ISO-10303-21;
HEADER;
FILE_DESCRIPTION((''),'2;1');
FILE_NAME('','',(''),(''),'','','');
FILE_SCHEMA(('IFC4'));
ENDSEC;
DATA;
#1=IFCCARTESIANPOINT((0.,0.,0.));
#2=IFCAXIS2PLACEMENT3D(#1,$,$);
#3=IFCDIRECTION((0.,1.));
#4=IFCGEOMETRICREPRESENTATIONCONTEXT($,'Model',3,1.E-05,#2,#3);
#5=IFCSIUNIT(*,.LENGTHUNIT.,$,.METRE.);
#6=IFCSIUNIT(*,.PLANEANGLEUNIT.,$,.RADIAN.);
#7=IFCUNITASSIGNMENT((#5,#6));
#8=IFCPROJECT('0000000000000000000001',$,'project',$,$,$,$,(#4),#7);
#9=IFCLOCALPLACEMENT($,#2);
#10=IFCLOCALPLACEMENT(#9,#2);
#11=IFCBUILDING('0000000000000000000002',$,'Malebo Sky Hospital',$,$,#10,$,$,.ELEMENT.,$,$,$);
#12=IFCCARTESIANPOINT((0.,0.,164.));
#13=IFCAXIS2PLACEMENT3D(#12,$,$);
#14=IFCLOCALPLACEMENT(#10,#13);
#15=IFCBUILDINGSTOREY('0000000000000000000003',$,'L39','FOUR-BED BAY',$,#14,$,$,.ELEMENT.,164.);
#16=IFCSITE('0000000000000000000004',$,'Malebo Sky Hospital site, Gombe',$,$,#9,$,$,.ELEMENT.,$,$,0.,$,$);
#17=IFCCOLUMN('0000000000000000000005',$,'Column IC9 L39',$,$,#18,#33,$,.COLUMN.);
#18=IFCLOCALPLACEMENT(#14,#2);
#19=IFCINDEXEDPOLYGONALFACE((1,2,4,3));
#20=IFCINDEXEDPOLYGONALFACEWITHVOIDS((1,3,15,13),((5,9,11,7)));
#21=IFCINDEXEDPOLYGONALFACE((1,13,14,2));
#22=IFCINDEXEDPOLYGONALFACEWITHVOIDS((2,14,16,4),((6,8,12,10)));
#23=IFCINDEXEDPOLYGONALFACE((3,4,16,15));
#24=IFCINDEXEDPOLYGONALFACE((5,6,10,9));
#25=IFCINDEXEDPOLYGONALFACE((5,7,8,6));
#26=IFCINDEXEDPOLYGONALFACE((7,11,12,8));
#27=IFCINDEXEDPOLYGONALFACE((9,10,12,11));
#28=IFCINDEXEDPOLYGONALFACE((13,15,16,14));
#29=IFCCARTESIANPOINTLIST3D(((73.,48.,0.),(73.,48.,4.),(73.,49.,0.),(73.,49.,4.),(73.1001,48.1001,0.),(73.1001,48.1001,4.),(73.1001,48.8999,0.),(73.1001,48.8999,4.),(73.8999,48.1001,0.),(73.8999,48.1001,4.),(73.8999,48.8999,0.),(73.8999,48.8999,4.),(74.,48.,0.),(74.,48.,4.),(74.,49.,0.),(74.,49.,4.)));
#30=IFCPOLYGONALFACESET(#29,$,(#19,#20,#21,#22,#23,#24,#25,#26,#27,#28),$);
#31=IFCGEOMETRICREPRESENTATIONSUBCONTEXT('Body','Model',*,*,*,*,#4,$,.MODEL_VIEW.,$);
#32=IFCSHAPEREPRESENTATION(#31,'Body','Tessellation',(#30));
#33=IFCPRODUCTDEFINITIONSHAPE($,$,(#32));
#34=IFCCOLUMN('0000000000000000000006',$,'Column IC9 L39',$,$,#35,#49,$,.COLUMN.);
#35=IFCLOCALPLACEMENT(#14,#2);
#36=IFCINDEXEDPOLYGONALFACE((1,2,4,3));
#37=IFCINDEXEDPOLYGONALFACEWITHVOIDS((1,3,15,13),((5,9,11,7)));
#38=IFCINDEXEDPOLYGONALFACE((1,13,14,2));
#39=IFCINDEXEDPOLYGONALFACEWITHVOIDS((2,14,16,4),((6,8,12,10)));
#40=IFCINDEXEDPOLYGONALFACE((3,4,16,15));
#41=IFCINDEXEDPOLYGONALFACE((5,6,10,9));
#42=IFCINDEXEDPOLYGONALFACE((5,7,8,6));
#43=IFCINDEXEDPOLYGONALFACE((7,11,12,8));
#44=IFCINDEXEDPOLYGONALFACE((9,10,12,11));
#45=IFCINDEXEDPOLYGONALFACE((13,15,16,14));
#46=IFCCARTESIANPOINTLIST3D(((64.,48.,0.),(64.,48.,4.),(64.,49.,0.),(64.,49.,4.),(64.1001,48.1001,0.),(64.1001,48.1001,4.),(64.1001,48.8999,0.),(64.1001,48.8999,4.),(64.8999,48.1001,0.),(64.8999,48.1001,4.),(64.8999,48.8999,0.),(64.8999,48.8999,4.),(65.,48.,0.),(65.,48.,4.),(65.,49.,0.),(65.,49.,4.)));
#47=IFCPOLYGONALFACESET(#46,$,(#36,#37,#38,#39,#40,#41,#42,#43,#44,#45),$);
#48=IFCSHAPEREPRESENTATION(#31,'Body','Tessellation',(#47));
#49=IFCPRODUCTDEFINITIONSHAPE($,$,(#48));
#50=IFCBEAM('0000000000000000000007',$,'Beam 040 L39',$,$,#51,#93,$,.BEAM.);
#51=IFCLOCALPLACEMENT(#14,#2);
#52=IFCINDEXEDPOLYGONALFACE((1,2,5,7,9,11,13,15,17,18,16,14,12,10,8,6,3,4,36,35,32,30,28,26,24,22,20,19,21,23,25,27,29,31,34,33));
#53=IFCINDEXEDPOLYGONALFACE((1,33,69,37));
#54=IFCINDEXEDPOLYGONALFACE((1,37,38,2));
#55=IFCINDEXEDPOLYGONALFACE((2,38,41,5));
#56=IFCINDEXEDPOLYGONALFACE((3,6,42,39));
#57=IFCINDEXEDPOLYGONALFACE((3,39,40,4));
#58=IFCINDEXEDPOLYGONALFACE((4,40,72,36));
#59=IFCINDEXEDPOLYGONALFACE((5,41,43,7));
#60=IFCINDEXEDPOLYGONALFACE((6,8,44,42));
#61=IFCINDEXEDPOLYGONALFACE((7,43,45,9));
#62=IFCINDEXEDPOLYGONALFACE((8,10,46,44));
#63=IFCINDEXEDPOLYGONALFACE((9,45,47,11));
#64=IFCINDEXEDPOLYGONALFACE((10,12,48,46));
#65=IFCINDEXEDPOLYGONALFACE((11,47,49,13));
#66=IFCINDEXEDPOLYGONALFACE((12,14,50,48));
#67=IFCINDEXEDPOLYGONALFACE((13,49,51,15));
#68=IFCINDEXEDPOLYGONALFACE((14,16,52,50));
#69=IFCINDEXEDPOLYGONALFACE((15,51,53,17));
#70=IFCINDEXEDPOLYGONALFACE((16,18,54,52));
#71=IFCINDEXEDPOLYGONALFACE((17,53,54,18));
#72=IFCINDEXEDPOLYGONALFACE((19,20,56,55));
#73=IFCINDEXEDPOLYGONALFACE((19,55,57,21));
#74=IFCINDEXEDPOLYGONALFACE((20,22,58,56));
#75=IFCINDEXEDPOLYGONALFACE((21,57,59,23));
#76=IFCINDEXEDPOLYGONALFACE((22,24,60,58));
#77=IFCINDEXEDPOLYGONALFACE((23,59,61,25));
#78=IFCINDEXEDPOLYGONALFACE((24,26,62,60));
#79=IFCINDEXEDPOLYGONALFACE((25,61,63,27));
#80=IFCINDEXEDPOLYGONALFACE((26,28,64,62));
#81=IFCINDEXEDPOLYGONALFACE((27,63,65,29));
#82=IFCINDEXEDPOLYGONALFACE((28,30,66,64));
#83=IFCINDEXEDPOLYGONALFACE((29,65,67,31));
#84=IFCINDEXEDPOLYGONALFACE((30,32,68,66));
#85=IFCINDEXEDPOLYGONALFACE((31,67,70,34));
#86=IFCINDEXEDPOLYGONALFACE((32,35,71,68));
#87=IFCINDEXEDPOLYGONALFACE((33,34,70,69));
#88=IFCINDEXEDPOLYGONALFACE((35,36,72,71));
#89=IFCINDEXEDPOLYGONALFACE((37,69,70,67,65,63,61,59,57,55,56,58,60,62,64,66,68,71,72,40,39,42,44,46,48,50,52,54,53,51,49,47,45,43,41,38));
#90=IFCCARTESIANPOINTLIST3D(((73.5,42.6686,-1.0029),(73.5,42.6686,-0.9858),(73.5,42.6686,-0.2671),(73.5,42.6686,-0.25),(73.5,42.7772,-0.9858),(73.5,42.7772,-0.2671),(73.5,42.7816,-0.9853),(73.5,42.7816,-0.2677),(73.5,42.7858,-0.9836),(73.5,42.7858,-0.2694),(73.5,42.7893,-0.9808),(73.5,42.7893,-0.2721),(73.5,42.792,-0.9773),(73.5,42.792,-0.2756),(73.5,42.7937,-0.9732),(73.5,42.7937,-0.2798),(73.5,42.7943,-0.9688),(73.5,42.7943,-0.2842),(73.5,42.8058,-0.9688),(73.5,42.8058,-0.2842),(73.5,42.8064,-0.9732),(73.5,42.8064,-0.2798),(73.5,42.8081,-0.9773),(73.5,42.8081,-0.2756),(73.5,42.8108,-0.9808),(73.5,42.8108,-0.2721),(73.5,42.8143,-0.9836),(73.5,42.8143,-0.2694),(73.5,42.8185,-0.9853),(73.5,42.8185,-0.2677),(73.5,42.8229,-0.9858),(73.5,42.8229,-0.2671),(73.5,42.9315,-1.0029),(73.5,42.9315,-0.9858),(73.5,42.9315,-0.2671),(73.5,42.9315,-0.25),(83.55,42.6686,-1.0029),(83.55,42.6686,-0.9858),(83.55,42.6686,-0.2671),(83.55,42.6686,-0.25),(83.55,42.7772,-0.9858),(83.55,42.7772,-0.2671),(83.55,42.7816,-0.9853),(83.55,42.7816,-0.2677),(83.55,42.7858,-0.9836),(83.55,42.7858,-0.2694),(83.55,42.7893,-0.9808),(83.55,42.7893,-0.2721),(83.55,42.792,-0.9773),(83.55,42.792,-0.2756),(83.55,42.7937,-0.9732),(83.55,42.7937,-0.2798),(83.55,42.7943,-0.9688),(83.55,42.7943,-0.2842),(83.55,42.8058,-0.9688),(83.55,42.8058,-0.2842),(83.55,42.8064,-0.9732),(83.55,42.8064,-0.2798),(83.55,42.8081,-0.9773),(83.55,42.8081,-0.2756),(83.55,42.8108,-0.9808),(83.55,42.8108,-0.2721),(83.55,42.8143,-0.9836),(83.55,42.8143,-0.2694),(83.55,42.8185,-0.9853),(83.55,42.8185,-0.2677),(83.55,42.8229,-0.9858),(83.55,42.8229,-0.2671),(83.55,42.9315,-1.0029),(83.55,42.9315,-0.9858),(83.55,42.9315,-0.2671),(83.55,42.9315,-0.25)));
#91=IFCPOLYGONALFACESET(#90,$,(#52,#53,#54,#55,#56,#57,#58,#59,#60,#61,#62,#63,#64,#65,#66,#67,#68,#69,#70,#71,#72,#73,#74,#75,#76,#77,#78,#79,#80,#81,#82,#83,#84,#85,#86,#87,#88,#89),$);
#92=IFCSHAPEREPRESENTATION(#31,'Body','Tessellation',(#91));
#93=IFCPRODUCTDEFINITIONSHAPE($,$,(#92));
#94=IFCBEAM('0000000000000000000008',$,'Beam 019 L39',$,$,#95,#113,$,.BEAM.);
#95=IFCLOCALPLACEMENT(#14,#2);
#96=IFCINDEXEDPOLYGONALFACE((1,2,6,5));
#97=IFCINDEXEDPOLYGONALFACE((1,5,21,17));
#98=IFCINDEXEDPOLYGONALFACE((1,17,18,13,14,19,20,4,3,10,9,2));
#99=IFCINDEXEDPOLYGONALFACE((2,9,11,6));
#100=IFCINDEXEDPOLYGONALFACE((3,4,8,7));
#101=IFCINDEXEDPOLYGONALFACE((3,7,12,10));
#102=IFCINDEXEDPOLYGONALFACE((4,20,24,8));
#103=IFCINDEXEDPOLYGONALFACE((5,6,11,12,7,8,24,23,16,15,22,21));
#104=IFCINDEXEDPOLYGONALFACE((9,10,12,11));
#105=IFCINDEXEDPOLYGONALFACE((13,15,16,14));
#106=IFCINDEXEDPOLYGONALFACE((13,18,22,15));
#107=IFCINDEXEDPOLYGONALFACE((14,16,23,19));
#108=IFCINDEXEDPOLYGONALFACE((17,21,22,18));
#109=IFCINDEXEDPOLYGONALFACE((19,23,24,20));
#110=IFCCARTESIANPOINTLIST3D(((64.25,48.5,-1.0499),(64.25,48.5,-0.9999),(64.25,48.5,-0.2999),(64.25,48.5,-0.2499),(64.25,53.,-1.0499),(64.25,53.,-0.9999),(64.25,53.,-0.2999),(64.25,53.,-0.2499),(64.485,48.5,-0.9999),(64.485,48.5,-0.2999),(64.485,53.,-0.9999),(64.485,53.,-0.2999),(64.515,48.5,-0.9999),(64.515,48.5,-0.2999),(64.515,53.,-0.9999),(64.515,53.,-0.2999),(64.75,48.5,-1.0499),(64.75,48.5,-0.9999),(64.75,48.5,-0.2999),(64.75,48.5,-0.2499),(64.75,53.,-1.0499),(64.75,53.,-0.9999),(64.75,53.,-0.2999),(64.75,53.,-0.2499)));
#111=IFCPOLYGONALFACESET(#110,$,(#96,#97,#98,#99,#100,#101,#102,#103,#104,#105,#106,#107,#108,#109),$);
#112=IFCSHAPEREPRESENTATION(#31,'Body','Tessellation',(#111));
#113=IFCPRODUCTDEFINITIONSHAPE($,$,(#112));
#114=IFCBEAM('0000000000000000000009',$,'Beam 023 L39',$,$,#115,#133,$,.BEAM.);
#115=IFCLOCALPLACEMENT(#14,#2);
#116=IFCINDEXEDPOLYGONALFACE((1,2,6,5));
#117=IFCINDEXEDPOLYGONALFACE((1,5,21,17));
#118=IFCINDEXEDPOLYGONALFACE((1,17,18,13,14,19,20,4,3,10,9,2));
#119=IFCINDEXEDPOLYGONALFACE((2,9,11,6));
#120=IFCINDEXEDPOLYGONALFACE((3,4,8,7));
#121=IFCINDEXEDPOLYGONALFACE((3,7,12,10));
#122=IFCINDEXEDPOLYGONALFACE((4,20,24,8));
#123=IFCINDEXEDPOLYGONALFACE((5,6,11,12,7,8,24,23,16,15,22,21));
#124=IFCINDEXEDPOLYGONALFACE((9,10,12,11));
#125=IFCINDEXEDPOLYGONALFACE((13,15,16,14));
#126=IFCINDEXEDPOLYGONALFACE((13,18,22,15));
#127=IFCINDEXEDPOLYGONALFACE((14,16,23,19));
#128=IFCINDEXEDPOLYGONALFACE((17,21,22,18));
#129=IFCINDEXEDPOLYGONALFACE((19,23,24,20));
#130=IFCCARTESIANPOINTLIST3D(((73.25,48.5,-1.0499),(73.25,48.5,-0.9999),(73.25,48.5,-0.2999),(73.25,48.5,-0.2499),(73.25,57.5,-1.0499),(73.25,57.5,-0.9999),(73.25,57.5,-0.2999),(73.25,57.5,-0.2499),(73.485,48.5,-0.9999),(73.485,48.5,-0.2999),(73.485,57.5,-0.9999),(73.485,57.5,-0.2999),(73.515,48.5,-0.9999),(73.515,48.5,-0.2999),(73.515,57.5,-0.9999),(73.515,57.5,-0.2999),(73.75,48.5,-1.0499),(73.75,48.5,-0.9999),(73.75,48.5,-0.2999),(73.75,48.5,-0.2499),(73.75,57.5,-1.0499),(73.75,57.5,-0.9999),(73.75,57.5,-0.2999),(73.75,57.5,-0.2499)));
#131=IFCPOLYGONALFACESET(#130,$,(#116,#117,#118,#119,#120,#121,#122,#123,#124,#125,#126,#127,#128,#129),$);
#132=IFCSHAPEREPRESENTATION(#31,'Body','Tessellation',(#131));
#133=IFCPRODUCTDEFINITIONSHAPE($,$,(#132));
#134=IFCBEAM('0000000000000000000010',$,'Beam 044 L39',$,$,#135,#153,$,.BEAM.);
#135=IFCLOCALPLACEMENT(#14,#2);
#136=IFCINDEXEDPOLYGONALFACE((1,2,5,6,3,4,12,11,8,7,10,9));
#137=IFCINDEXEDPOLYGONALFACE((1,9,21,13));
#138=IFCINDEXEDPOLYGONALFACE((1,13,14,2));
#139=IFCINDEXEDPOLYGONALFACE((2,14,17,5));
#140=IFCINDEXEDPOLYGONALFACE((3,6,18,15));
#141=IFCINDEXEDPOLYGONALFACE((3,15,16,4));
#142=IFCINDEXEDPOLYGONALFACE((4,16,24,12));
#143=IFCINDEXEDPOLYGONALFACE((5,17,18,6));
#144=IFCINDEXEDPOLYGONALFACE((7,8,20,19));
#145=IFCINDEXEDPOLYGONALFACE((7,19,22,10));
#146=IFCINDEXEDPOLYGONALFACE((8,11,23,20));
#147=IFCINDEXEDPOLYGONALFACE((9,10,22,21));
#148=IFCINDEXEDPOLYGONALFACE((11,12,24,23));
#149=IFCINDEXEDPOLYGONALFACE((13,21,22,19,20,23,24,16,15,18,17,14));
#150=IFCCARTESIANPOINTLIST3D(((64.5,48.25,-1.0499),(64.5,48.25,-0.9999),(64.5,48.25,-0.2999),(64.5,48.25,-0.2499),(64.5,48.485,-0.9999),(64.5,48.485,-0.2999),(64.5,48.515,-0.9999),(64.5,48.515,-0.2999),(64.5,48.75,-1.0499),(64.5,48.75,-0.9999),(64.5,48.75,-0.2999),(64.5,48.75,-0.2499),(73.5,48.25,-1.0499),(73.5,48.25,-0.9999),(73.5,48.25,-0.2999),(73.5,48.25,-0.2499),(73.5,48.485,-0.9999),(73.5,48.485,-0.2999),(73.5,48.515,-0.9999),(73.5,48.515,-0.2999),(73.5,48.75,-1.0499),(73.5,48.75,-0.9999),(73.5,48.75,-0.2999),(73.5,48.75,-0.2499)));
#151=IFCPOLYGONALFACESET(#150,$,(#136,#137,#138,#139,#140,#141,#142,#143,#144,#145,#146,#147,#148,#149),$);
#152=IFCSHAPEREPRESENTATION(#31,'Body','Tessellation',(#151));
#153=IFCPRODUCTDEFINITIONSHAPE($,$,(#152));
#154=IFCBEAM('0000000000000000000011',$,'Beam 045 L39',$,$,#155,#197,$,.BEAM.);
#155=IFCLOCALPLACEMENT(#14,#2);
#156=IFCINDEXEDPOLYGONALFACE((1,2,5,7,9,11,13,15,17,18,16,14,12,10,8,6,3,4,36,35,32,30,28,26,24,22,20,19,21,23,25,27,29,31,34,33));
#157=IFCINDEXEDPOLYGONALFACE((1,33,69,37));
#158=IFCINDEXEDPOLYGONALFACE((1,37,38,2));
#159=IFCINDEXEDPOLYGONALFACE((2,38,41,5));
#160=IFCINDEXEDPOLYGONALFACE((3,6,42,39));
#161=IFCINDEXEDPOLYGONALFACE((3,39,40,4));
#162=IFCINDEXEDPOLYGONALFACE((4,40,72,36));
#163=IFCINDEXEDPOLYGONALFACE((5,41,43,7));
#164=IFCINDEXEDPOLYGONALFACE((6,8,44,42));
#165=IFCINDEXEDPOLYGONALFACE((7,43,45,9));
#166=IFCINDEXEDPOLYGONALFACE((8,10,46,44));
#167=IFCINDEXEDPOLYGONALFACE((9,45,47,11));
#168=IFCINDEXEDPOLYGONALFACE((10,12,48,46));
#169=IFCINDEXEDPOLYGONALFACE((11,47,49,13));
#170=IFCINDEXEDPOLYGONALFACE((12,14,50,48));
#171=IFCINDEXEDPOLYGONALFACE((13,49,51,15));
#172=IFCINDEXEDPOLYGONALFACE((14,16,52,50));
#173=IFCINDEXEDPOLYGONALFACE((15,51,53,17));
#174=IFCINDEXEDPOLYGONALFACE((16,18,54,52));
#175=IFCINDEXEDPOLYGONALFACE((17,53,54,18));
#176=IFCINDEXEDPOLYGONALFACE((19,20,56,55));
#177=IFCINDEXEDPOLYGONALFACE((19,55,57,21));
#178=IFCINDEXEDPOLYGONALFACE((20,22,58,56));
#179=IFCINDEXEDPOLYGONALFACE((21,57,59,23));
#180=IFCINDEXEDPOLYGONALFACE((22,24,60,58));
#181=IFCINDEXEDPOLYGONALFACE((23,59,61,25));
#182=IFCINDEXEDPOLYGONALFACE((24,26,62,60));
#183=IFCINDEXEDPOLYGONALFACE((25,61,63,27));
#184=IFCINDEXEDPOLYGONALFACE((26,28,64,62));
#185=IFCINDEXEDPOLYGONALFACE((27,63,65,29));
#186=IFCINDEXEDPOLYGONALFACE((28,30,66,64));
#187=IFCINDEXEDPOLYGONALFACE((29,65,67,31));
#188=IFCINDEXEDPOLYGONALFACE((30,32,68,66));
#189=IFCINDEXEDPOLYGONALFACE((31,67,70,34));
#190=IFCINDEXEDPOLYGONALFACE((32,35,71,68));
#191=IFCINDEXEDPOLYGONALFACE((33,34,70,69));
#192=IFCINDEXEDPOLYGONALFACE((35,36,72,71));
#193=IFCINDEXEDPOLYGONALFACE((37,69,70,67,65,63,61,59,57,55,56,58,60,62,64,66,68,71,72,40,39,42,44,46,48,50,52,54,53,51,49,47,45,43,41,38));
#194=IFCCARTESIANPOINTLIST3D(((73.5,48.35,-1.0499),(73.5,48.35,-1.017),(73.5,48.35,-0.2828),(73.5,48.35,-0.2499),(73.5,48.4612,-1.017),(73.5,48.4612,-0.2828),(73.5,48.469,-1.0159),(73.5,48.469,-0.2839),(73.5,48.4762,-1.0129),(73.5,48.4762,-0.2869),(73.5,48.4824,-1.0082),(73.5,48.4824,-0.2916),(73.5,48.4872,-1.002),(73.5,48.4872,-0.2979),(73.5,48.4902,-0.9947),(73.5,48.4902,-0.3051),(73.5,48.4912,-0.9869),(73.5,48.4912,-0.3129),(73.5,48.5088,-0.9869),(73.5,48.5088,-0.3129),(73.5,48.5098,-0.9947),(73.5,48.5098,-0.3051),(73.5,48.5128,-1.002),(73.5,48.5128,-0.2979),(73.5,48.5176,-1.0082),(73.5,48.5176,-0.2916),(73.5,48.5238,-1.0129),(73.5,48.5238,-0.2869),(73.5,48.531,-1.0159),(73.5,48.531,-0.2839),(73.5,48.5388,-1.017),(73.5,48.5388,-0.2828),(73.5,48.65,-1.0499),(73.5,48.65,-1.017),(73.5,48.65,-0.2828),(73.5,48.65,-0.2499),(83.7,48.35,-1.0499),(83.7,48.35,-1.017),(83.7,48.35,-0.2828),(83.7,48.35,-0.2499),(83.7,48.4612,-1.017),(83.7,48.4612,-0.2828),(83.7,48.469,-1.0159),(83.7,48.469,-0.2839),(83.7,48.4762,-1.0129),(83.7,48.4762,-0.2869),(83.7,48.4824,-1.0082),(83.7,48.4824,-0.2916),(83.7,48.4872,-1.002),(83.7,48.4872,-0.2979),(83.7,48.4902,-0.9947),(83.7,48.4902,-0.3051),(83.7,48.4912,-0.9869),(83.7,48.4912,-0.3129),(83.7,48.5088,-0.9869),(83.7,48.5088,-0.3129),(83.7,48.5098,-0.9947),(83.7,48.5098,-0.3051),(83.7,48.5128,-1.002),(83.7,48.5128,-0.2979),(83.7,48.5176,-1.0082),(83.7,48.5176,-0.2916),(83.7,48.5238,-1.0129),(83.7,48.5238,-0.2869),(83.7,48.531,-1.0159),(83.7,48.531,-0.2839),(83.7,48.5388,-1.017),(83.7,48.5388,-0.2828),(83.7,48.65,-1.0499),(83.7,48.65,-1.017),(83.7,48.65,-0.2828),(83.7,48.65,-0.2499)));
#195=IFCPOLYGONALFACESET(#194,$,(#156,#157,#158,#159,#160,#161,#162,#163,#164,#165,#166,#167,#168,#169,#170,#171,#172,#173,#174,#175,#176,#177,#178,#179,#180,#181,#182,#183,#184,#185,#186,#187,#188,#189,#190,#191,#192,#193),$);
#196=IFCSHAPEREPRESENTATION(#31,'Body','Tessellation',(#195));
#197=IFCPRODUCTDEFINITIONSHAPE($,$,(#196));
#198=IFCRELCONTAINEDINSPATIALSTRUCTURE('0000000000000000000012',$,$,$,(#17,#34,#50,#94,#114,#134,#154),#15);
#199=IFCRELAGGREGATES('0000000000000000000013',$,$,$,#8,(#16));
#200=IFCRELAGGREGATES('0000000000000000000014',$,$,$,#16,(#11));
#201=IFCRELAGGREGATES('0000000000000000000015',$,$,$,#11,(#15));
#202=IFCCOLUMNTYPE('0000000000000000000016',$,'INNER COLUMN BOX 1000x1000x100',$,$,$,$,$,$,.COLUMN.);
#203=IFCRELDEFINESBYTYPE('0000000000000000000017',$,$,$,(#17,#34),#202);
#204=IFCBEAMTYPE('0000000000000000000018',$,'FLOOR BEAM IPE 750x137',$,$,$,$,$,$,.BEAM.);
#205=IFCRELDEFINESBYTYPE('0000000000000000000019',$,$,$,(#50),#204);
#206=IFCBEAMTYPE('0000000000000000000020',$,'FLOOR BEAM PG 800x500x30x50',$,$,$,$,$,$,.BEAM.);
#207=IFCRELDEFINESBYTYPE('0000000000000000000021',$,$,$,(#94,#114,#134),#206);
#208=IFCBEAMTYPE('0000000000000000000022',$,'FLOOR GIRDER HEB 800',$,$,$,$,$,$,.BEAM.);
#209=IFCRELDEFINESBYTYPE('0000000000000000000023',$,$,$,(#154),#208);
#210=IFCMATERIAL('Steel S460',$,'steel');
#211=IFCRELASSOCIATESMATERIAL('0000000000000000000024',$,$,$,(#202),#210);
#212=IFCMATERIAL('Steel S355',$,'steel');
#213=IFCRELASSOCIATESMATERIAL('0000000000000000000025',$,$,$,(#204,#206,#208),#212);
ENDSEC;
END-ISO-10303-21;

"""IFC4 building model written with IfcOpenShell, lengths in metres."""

from ifc_helpers import new_model, si_unit, direction, frame, origin, origin_2d, place, context, subcontext, project, spatial, hollow_rectangle, i_section, extrude, material, material_profile, profile_set, type_object, element, save


model = new_model("IFC4")

# Units and contexts
model_context = context("Model", 3, precision=1e-05, world=origin(), true_north=direction((0.0, 1.0)))
body_context = subcontext(model_context, "Body", "Model", "MODEL_VIEW")
ifc_project = project(units=[si_unit("LENGTHUNIT", "METRE"), si_unit("PLANEANGLEUNIT", "RADIAN")], contexts=[model_context])

# Site, building, storey
site_placement = place(None, origin())
site = spatial("IfcSite", under=ifc_project, at=site_placement, Name="Malebo Sky Hospital site, Gombe", CompositionType="ELEMENT", RefElevation=0.0)
building_placement = place(site_placement, origin())
building = spatial("IfcBuilding", under=site, at=building_placement, Name="Malebo Sky Hospital", CompositionType="ELEMENT")
storey_placement = place(building_placement, frame((0.0, 0.0, 164.0)))
storey = spatial("IfcBuildingStorey", under=building, at=storey_placement, Name="L39", Description="FOUR-BED BAY", CompositionType="ELEMENT", Elevation=164.0)

# Columns
ifc_material_1 = material(Name="Steel S460", Category="steel")
ifc_material_profile_1 = material_profile(ifc_material_1, hollow_rectangle(XDim=1.0, YDim=1.0, WallThickness=0.1001, at=origin_2d()), Name="BOX 1000x1000x100")
ifc_profile_set_1 = profile_set([ifc_material_profile_1], Name="Steel S460")
column_type = type_object("IfcColumnType", Name="INNER COLUMN BOX 1000x1000x100", PredefinedType="COLUMN", material=ifc_profile_set_1)
for number, where, z_axis, x_axis, name in (
    (1, (73.5, 48.5, 0.0), (0.0, 0.0, 1.0), (1.0, 0.0, 0.0), "Column IC9 L39"),
    (2, (64.5, 48.5, 0.0), (0.0, 0.0, 1.0), (1.0, 0.0, 0.0), "Column IC9 L39"),
):
    element("IfcColumn", number, at=place(storey_placement, frame(where, z_axis=z_axis, x_axis=x_axis)), inside=storey, type_object=column_type, Name=name, PredefinedType="COLUMN", context=body_context, shape_type="SweptSolid", body=[
        extrude(hollow_rectangle(XDim=1.0, YDim=1.0, WallThickness=0.1001, at=origin_2d()), origin(), (0.0, 0.0, 1.0), 4.0),
    ])

# Beams
ifc_material_2 = material(Name="Steel S355", Category="steel")
ifc_material_profile_2 = material_profile(ifc_material_2, i_section(OverallWidth=0.2629, OverallDepth=0.7529, WebThickness=0.0115, FlangeThickness=0.0171, FilletRadius=0.0171, at=origin_2d()), Name="IPE 750x137")
ifc_profile_set_2 = profile_set([ifc_material_profile_2], Name="Steel S355")
beam_type_1 = type_object("IfcBeamType", Name="FLOOR BEAM IPE 750x137", PredefinedType="BEAM", material=ifc_profile_set_2)
beam_1_placement = place(storey_placement, frame((73.5, 42.8, -0.6265), z_axis=(1.0, 0.0, 0.0), x_axis=(0.0, 1.0, 0.0)))
element("IfcBeam", 3, at=beam_1_placement, inside=storey, type_object=beam_type_1, Name="Beam 040 L39", PredefinedType="BEAM", context=body_context, shape_type="SweptSolid", body=[
    extrude(i_section(OverallWidth=0.2629, OverallDepth=0.7529, WebThickness=0.0115, FlangeThickness=0.0171, FilletRadius=0.0171, at=origin_2d()), origin(), (0.0, 0.0, 1.0), 10.05),
])
ifc_material_profile_3 = material_profile(ifc_material_2, i_section(OverallWidth=0.5, OverallDepth=0.8, WebThickness=0.03, FlangeThickness=0.05, at=origin_2d()), Name="PG 800x500x30x50")
ifc_profile_set_3 = profile_set([ifc_material_profile_3], Name="Steel S355")
beam_type_2 = type_object("IfcBeamType", Name="FLOOR BEAM PG 800x500x30x50", PredefinedType="BEAM", material=ifc_profile_set_3)
beam_2_placement = place(storey_placement, frame((64.5, 48.5, -0.6499), z_axis=(0.0, 1.0, 0.0), x_axis=(-1.0, 0.0, 0.0)))
element("IfcBeam", 4, at=beam_2_placement, inside=storey, type_object=beam_type_2, Name="Beam 019 L39", PredefinedType="BEAM", context=body_context, shape_type="SweptSolid", body=[
    extrude(i_section(OverallWidth=0.5, OverallDepth=0.8, WebThickness=0.03, FlangeThickness=0.05, at=origin_2d()), origin(), (0.0, 0.0, 1.0), 4.5),
])
for number, where, z_axis, x_axis, name in (
    (5, (73.5, 48.5, -0.6499), (0.0, 1.0, 0.0), (-1.0, 0.0, 0.0), "Beam 023 L39"),
    (6, (64.5, 48.5, -0.6499), (1.0, 0.0, 0.0), (0.0, 1.0, 0.0), "Beam 044 L39"),
):
    element("IfcBeam", number, at=place(storey_placement, frame(where, z_axis=z_axis, x_axis=x_axis)), inside=storey, type_object=beam_type_2, Name=name, PredefinedType="BEAM", context=body_context, shape_type="SweptSolid", body=[
        extrude(i_section(OverallWidth=0.5, OverallDepth=0.8, WebThickness=0.03, FlangeThickness=0.05, at=origin_2d()), origin(), (0.0, 0.0, 1.0), 9.0),
    ])
ifc_material_profile_4 = material_profile(ifc_material_2, i_section(OverallWidth=0.3, OverallDepth=0.8, WebThickness=0.0176, FlangeThickness=0.033, FilletRadius=0.03, at=origin_2d()), Name="HEB 800")
ifc_profile_set_4 = profile_set([ifc_material_profile_4], Name="Steel S355")
beam_type_3 = type_object("IfcBeamType", Name="FLOOR GIRDER HEB 800", PredefinedType="BEAM", material=ifc_profile_set_4)
beam_3_placement = place(storey_placement, frame((73.5, 48.5, -0.6499), z_axis=(1.0, 0.0, 0.0), x_axis=(0.0, 1.0, 0.0)))
element("IfcBeam", 7, at=beam_3_placement, inside=storey, type_object=beam_type_3, Name="Beam 045 L39", PredefinedType="BEAM", context=body_context, shape_type="SweptSolid", body=[
    extrude(i_section(OverallWidth=0.3, OverallDepth=0.8, WebThickness=0.0176, FlangeThickness=0.033, FilletRadius=0.03, at=origin_2d()), origin(), (0.0, 0.0, 1.0), 10.2),
])

save(model, "model.ifc")
